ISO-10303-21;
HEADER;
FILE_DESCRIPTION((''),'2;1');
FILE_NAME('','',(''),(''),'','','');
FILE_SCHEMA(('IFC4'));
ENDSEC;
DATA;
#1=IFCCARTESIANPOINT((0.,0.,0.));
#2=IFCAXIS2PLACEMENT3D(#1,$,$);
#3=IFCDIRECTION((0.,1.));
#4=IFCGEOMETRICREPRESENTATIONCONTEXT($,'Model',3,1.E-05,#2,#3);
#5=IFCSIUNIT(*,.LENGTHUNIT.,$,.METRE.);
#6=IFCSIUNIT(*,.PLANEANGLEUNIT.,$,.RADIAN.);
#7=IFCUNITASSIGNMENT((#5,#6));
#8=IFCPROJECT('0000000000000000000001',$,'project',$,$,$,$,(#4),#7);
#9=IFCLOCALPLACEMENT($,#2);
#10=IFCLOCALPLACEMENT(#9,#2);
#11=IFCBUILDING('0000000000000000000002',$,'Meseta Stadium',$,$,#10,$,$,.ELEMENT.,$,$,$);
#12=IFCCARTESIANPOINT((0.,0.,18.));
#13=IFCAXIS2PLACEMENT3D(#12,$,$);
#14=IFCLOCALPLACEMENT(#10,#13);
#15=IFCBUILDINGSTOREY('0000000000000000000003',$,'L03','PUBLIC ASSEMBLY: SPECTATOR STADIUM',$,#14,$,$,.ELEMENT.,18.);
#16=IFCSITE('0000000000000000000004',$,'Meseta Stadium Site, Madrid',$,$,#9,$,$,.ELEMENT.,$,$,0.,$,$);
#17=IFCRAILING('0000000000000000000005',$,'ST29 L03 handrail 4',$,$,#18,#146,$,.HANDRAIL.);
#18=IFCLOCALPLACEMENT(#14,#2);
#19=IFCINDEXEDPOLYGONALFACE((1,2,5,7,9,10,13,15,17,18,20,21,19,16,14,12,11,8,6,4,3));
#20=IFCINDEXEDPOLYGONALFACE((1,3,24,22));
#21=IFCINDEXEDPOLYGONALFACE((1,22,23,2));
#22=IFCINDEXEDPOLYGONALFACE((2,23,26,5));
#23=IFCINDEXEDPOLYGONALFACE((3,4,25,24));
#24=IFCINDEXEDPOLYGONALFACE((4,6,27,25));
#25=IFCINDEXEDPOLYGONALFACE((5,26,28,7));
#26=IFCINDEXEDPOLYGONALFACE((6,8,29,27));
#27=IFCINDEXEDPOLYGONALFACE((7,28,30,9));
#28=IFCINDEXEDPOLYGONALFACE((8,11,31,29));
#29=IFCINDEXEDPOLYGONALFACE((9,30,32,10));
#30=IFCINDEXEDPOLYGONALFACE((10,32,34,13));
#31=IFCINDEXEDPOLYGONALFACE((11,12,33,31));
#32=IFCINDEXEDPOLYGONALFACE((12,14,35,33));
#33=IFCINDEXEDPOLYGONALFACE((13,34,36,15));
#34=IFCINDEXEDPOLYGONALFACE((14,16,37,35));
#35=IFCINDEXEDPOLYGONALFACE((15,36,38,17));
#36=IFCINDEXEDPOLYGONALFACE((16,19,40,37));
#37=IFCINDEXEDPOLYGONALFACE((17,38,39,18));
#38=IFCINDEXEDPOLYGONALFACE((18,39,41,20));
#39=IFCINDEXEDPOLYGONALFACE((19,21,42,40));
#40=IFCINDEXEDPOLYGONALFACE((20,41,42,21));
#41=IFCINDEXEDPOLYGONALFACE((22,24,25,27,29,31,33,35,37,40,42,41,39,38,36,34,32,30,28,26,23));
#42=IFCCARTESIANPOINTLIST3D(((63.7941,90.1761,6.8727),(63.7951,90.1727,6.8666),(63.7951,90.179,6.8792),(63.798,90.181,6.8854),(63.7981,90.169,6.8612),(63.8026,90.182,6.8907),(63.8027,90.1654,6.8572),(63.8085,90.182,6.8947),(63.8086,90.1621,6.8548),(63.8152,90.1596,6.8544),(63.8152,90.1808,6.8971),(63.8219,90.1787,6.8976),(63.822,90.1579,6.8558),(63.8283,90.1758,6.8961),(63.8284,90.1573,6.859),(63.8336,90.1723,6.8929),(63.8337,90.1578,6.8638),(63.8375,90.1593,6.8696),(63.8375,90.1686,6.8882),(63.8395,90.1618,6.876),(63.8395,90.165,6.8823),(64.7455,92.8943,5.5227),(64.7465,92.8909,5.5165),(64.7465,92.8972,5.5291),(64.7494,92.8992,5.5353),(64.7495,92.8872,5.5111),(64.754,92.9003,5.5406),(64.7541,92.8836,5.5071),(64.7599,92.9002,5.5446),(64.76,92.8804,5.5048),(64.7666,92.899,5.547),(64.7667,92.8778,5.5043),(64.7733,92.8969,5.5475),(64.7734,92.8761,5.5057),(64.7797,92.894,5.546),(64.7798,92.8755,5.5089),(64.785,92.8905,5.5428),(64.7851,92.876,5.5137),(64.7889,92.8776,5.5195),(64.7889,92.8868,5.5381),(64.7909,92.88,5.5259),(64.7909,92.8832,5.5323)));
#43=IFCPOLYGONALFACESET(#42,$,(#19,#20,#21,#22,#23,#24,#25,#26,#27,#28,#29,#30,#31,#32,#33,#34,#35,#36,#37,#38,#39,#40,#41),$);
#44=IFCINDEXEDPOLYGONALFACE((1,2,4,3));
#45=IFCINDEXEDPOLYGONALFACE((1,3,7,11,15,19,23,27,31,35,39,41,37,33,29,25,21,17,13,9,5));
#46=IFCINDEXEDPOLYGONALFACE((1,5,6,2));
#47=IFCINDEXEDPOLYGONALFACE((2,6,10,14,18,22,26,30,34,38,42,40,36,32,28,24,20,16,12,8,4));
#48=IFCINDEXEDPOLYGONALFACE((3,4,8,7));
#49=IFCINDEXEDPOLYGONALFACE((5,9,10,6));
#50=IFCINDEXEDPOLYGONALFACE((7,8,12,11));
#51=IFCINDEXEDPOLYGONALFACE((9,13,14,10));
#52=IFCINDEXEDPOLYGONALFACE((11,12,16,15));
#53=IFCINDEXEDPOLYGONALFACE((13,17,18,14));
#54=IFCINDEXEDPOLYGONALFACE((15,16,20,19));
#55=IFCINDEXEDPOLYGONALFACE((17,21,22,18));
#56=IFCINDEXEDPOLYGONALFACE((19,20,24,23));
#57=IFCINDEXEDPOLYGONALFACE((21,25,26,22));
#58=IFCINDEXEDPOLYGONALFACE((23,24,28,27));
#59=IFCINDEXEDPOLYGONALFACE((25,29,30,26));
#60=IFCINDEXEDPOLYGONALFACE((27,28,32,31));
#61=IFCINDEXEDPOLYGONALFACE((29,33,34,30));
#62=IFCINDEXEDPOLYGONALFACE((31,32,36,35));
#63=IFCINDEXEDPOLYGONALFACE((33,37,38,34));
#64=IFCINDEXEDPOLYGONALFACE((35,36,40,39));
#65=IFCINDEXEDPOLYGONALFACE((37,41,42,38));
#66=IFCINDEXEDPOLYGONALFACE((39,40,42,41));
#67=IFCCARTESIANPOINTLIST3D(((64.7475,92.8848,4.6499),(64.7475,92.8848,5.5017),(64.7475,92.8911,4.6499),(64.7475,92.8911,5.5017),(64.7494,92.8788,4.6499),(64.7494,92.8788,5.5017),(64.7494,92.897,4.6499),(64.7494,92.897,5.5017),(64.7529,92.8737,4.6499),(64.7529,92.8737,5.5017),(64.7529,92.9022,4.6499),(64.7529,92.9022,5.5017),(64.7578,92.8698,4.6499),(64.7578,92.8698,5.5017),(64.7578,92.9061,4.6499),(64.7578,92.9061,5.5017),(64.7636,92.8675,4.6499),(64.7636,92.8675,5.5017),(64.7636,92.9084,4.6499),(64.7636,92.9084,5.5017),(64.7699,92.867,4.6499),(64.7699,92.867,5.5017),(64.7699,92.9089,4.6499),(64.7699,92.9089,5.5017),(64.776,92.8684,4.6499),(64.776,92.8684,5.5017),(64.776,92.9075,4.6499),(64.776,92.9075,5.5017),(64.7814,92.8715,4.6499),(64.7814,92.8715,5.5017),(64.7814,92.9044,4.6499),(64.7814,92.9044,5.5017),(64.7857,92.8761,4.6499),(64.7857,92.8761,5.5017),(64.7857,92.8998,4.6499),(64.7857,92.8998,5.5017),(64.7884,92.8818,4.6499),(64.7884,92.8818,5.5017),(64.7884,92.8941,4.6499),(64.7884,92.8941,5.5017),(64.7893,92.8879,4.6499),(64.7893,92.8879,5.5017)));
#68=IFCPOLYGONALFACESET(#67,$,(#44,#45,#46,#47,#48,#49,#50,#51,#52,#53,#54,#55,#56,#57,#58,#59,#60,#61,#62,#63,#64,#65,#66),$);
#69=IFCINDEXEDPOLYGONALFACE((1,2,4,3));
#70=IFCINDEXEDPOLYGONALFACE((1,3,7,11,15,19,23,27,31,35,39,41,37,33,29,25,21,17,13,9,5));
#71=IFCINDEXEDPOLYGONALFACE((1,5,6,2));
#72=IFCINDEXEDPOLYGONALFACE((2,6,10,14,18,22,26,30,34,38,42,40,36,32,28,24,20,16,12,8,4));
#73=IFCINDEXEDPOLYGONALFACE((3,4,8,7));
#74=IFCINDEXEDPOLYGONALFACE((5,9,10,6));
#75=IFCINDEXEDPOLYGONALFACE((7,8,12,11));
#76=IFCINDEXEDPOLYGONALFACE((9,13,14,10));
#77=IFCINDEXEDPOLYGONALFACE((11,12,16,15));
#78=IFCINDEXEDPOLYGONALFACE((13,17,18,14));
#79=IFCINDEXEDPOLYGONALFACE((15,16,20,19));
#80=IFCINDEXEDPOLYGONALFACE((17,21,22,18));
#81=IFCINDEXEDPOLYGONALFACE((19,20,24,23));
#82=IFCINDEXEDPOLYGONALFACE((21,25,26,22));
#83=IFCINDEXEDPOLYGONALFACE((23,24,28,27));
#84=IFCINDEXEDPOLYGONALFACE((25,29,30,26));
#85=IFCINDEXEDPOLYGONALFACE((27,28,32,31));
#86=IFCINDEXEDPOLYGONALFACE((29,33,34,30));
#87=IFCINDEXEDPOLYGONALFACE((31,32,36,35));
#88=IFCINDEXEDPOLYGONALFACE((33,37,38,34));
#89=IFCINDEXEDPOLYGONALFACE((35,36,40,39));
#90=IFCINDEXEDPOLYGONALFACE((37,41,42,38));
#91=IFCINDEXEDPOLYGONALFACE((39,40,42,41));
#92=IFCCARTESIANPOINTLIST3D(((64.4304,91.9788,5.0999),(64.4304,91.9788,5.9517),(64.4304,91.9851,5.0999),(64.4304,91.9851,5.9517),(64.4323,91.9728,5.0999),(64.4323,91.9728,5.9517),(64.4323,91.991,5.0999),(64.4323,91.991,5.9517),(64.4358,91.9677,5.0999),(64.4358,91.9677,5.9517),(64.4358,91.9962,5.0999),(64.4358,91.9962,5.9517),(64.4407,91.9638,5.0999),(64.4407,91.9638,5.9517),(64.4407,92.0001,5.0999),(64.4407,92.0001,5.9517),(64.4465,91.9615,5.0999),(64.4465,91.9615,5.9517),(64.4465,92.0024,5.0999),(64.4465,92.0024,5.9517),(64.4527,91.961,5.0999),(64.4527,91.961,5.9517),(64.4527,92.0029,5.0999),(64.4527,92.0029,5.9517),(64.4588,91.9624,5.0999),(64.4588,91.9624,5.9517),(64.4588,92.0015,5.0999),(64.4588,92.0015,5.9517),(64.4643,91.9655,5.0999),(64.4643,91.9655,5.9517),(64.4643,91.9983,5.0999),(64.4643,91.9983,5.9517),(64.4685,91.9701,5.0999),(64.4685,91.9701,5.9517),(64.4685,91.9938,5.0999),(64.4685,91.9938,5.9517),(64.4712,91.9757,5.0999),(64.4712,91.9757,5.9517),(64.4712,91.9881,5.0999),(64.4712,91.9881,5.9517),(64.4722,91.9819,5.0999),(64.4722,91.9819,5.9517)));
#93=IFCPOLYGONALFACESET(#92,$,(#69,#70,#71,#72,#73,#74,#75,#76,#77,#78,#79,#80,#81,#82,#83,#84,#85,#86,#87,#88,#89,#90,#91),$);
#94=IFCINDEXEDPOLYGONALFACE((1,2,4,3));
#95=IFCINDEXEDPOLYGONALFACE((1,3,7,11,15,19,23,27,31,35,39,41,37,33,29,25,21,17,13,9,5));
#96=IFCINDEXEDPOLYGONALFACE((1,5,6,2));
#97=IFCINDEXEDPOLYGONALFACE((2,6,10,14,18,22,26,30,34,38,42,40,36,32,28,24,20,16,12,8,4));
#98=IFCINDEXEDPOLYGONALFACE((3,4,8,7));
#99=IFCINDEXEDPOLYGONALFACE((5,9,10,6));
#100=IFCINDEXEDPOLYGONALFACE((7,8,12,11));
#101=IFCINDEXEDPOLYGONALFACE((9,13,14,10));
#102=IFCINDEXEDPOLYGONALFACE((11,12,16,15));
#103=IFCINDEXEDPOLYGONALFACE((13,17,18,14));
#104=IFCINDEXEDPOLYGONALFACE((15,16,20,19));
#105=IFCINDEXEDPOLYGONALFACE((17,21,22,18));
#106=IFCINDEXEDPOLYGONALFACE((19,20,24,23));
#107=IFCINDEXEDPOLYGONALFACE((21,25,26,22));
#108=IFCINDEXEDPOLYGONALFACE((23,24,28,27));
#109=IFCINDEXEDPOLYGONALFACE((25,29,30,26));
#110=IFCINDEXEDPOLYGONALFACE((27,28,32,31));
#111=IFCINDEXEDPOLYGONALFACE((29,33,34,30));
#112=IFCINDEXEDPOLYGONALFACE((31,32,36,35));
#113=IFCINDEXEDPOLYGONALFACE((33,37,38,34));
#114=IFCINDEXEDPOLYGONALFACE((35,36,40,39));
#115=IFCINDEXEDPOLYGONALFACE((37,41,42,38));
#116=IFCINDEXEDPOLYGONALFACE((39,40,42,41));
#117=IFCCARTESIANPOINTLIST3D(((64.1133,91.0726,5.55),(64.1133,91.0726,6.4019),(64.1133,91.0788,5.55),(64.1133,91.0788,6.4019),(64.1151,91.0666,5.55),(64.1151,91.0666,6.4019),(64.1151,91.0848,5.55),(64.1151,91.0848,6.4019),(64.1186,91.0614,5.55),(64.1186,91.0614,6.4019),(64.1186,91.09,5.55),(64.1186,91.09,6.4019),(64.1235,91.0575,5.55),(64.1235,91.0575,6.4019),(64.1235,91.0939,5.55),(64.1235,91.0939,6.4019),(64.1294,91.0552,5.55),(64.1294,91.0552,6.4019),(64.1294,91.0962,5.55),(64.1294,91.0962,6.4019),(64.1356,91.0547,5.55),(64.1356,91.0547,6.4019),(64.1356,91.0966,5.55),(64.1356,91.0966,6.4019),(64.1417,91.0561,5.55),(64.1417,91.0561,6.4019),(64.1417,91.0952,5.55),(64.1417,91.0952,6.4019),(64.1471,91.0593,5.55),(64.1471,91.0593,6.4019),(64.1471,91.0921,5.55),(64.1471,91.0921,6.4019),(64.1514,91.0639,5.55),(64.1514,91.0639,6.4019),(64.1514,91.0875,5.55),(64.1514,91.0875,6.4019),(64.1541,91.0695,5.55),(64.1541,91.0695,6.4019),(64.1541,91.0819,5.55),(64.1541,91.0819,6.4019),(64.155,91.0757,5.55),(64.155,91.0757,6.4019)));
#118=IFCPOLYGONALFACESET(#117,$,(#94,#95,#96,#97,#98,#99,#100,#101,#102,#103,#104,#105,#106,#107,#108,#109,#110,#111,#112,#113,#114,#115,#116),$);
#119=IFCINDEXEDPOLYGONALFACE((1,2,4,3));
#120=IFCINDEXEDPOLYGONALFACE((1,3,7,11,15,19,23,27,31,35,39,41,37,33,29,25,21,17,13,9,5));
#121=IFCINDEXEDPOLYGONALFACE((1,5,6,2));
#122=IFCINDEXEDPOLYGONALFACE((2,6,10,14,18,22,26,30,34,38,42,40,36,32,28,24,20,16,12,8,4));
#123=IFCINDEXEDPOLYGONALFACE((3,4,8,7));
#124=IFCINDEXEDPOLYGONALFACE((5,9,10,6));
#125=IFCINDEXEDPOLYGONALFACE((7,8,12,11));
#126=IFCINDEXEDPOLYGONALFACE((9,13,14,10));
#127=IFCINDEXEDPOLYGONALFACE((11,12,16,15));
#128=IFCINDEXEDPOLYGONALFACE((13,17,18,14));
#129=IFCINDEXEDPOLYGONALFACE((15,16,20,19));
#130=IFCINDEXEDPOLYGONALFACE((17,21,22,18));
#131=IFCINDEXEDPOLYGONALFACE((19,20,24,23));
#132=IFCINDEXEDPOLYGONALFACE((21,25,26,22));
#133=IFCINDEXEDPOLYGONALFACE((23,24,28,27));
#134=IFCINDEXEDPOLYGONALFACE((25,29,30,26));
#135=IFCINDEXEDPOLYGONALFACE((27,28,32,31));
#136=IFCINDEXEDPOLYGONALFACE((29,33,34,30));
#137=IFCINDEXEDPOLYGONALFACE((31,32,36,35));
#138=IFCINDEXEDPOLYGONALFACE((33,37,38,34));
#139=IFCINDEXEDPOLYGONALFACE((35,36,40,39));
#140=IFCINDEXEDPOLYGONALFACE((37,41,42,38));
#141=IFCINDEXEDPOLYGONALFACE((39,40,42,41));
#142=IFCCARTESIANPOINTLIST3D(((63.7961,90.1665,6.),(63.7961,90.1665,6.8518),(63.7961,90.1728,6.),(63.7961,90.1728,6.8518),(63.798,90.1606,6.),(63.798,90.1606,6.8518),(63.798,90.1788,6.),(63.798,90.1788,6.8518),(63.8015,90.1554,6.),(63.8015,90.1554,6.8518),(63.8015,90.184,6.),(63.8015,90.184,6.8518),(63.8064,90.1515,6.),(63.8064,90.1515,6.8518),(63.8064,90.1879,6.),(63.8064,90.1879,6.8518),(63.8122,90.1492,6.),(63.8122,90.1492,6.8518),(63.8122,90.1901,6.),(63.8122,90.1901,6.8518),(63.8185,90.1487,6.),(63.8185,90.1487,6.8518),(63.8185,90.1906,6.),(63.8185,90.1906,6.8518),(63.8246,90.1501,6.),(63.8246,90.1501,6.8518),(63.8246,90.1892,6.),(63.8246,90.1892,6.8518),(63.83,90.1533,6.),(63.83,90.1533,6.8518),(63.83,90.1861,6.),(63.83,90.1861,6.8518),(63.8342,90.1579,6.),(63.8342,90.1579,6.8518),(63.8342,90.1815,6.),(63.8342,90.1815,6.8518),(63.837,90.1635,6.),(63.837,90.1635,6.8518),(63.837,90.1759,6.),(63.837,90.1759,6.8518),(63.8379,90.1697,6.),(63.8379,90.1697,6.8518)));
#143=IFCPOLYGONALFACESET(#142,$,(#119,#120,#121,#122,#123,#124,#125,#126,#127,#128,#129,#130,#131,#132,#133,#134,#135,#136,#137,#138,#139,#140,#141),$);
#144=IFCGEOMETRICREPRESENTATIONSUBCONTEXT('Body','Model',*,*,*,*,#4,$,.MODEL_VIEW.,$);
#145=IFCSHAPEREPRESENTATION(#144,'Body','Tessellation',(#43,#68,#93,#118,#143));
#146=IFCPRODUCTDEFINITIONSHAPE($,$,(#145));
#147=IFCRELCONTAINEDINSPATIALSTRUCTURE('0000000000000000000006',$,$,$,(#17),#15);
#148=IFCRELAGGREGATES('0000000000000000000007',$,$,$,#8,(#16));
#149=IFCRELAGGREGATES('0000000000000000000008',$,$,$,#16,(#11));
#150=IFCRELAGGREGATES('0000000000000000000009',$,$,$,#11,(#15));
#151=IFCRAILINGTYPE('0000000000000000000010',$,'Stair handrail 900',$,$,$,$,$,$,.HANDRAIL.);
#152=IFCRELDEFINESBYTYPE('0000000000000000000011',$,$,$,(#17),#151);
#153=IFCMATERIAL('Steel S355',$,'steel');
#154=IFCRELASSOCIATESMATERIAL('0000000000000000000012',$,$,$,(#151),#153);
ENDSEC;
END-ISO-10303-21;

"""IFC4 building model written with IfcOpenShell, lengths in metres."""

from ifc_helpers import new_model, si_unit, direction, frame, origin, origin_2d, place, context, subcontext, project, spatial, circle, extrude, material, type_object, element, save


model = new_model("IFC4")

# Units and contexts
model_context = context("Model", 3, precision=1e-05, world=origin(), true_north=direction((0.0, 1.0)))
body_context = subcontext(model_context, "Body", "Model", "MODEL_VIEW")
ifc_project = project(units=[si_unit("LENGTHUNIT", "METRE"), si_unit("PLANEANGLEUNIT", "RADIAN")], contexts=[model_context])

# Site, building, storey
site_placement = place(None, origin())
site = spatial("IfcSite", under=ifc_project, at=site_placement, Name="Meseta Stadium Site, Madrid", CompositionType="ELEMENT", RefElevation=0.0)
building_placement = place(site_placement, origin())
building = spatial("IfcBuilding", under=site, at=building_placement, Name="Meseta Stadium", CompositionType="ELEMENT")
storey_placement = place(building_placement, frame((0.0, 0.0, 18.0)))
storey = spatial("IfcBuildingStorey", under=building, at=storey_placement, Name="L03", Description="PUBLIC ASSEMBLY: SPECTATOR STADIUM", CompositionType="ELEMENT", Elevation=18.0)

# Railing
ifc_material_1 = material(Name="Steel S355", Category="steel")
railing_type_1 = type_object("IfcRailingType", Name="Stair handrail 900", PredefinedType="HANDRAIL", material=ifc_material_1)
railing_1_placement = place(storey_placement, frame((64.7683, 92.8879, 4.6499)))
element("IfcRailing", 1, at=railing_1_placement, inside=storey, type_object=railing_type_1, Name="ST29 L03 handrail 4", PredefinedType="HANDRAIL", context=body_context, shape_type="SweptSolid", body=[
    extrude(circle(Radius=0.0239, at=origin_2d()), frame((0.0, 0.0, 0.876), z_axis=(-0.299121, -0.854609, 0.424465), x_axis=(0.943856, -0.330358, 0.0)), (0.0, 0.0, 1.0), 3.1807),
    extrude(circle(Radius=0.021, at=origin_2d()), origin(), (0.0, 0.0, 1.0), 0.8518),
    extrude(circle(Radius=0.021, at=origin_2d()), frame((-0.3171, -0.906, 0.45)), (0.0, 0.0, 1.0), 0.8518),
    extrude(circle(Radius=0.021, at=origin_2d()), frame((-0.6343, -1.8123, 0.9001)), (0.0, 0.0, 1.0), 0.8518),
    extrude(circle(Radius=0.021, at=origin_2d()), frame((-0.9514, -2.7183, 1.3501)), (0.0, 0.0, 1.0), 0.8518),
])

save(model, "model.ifc")
